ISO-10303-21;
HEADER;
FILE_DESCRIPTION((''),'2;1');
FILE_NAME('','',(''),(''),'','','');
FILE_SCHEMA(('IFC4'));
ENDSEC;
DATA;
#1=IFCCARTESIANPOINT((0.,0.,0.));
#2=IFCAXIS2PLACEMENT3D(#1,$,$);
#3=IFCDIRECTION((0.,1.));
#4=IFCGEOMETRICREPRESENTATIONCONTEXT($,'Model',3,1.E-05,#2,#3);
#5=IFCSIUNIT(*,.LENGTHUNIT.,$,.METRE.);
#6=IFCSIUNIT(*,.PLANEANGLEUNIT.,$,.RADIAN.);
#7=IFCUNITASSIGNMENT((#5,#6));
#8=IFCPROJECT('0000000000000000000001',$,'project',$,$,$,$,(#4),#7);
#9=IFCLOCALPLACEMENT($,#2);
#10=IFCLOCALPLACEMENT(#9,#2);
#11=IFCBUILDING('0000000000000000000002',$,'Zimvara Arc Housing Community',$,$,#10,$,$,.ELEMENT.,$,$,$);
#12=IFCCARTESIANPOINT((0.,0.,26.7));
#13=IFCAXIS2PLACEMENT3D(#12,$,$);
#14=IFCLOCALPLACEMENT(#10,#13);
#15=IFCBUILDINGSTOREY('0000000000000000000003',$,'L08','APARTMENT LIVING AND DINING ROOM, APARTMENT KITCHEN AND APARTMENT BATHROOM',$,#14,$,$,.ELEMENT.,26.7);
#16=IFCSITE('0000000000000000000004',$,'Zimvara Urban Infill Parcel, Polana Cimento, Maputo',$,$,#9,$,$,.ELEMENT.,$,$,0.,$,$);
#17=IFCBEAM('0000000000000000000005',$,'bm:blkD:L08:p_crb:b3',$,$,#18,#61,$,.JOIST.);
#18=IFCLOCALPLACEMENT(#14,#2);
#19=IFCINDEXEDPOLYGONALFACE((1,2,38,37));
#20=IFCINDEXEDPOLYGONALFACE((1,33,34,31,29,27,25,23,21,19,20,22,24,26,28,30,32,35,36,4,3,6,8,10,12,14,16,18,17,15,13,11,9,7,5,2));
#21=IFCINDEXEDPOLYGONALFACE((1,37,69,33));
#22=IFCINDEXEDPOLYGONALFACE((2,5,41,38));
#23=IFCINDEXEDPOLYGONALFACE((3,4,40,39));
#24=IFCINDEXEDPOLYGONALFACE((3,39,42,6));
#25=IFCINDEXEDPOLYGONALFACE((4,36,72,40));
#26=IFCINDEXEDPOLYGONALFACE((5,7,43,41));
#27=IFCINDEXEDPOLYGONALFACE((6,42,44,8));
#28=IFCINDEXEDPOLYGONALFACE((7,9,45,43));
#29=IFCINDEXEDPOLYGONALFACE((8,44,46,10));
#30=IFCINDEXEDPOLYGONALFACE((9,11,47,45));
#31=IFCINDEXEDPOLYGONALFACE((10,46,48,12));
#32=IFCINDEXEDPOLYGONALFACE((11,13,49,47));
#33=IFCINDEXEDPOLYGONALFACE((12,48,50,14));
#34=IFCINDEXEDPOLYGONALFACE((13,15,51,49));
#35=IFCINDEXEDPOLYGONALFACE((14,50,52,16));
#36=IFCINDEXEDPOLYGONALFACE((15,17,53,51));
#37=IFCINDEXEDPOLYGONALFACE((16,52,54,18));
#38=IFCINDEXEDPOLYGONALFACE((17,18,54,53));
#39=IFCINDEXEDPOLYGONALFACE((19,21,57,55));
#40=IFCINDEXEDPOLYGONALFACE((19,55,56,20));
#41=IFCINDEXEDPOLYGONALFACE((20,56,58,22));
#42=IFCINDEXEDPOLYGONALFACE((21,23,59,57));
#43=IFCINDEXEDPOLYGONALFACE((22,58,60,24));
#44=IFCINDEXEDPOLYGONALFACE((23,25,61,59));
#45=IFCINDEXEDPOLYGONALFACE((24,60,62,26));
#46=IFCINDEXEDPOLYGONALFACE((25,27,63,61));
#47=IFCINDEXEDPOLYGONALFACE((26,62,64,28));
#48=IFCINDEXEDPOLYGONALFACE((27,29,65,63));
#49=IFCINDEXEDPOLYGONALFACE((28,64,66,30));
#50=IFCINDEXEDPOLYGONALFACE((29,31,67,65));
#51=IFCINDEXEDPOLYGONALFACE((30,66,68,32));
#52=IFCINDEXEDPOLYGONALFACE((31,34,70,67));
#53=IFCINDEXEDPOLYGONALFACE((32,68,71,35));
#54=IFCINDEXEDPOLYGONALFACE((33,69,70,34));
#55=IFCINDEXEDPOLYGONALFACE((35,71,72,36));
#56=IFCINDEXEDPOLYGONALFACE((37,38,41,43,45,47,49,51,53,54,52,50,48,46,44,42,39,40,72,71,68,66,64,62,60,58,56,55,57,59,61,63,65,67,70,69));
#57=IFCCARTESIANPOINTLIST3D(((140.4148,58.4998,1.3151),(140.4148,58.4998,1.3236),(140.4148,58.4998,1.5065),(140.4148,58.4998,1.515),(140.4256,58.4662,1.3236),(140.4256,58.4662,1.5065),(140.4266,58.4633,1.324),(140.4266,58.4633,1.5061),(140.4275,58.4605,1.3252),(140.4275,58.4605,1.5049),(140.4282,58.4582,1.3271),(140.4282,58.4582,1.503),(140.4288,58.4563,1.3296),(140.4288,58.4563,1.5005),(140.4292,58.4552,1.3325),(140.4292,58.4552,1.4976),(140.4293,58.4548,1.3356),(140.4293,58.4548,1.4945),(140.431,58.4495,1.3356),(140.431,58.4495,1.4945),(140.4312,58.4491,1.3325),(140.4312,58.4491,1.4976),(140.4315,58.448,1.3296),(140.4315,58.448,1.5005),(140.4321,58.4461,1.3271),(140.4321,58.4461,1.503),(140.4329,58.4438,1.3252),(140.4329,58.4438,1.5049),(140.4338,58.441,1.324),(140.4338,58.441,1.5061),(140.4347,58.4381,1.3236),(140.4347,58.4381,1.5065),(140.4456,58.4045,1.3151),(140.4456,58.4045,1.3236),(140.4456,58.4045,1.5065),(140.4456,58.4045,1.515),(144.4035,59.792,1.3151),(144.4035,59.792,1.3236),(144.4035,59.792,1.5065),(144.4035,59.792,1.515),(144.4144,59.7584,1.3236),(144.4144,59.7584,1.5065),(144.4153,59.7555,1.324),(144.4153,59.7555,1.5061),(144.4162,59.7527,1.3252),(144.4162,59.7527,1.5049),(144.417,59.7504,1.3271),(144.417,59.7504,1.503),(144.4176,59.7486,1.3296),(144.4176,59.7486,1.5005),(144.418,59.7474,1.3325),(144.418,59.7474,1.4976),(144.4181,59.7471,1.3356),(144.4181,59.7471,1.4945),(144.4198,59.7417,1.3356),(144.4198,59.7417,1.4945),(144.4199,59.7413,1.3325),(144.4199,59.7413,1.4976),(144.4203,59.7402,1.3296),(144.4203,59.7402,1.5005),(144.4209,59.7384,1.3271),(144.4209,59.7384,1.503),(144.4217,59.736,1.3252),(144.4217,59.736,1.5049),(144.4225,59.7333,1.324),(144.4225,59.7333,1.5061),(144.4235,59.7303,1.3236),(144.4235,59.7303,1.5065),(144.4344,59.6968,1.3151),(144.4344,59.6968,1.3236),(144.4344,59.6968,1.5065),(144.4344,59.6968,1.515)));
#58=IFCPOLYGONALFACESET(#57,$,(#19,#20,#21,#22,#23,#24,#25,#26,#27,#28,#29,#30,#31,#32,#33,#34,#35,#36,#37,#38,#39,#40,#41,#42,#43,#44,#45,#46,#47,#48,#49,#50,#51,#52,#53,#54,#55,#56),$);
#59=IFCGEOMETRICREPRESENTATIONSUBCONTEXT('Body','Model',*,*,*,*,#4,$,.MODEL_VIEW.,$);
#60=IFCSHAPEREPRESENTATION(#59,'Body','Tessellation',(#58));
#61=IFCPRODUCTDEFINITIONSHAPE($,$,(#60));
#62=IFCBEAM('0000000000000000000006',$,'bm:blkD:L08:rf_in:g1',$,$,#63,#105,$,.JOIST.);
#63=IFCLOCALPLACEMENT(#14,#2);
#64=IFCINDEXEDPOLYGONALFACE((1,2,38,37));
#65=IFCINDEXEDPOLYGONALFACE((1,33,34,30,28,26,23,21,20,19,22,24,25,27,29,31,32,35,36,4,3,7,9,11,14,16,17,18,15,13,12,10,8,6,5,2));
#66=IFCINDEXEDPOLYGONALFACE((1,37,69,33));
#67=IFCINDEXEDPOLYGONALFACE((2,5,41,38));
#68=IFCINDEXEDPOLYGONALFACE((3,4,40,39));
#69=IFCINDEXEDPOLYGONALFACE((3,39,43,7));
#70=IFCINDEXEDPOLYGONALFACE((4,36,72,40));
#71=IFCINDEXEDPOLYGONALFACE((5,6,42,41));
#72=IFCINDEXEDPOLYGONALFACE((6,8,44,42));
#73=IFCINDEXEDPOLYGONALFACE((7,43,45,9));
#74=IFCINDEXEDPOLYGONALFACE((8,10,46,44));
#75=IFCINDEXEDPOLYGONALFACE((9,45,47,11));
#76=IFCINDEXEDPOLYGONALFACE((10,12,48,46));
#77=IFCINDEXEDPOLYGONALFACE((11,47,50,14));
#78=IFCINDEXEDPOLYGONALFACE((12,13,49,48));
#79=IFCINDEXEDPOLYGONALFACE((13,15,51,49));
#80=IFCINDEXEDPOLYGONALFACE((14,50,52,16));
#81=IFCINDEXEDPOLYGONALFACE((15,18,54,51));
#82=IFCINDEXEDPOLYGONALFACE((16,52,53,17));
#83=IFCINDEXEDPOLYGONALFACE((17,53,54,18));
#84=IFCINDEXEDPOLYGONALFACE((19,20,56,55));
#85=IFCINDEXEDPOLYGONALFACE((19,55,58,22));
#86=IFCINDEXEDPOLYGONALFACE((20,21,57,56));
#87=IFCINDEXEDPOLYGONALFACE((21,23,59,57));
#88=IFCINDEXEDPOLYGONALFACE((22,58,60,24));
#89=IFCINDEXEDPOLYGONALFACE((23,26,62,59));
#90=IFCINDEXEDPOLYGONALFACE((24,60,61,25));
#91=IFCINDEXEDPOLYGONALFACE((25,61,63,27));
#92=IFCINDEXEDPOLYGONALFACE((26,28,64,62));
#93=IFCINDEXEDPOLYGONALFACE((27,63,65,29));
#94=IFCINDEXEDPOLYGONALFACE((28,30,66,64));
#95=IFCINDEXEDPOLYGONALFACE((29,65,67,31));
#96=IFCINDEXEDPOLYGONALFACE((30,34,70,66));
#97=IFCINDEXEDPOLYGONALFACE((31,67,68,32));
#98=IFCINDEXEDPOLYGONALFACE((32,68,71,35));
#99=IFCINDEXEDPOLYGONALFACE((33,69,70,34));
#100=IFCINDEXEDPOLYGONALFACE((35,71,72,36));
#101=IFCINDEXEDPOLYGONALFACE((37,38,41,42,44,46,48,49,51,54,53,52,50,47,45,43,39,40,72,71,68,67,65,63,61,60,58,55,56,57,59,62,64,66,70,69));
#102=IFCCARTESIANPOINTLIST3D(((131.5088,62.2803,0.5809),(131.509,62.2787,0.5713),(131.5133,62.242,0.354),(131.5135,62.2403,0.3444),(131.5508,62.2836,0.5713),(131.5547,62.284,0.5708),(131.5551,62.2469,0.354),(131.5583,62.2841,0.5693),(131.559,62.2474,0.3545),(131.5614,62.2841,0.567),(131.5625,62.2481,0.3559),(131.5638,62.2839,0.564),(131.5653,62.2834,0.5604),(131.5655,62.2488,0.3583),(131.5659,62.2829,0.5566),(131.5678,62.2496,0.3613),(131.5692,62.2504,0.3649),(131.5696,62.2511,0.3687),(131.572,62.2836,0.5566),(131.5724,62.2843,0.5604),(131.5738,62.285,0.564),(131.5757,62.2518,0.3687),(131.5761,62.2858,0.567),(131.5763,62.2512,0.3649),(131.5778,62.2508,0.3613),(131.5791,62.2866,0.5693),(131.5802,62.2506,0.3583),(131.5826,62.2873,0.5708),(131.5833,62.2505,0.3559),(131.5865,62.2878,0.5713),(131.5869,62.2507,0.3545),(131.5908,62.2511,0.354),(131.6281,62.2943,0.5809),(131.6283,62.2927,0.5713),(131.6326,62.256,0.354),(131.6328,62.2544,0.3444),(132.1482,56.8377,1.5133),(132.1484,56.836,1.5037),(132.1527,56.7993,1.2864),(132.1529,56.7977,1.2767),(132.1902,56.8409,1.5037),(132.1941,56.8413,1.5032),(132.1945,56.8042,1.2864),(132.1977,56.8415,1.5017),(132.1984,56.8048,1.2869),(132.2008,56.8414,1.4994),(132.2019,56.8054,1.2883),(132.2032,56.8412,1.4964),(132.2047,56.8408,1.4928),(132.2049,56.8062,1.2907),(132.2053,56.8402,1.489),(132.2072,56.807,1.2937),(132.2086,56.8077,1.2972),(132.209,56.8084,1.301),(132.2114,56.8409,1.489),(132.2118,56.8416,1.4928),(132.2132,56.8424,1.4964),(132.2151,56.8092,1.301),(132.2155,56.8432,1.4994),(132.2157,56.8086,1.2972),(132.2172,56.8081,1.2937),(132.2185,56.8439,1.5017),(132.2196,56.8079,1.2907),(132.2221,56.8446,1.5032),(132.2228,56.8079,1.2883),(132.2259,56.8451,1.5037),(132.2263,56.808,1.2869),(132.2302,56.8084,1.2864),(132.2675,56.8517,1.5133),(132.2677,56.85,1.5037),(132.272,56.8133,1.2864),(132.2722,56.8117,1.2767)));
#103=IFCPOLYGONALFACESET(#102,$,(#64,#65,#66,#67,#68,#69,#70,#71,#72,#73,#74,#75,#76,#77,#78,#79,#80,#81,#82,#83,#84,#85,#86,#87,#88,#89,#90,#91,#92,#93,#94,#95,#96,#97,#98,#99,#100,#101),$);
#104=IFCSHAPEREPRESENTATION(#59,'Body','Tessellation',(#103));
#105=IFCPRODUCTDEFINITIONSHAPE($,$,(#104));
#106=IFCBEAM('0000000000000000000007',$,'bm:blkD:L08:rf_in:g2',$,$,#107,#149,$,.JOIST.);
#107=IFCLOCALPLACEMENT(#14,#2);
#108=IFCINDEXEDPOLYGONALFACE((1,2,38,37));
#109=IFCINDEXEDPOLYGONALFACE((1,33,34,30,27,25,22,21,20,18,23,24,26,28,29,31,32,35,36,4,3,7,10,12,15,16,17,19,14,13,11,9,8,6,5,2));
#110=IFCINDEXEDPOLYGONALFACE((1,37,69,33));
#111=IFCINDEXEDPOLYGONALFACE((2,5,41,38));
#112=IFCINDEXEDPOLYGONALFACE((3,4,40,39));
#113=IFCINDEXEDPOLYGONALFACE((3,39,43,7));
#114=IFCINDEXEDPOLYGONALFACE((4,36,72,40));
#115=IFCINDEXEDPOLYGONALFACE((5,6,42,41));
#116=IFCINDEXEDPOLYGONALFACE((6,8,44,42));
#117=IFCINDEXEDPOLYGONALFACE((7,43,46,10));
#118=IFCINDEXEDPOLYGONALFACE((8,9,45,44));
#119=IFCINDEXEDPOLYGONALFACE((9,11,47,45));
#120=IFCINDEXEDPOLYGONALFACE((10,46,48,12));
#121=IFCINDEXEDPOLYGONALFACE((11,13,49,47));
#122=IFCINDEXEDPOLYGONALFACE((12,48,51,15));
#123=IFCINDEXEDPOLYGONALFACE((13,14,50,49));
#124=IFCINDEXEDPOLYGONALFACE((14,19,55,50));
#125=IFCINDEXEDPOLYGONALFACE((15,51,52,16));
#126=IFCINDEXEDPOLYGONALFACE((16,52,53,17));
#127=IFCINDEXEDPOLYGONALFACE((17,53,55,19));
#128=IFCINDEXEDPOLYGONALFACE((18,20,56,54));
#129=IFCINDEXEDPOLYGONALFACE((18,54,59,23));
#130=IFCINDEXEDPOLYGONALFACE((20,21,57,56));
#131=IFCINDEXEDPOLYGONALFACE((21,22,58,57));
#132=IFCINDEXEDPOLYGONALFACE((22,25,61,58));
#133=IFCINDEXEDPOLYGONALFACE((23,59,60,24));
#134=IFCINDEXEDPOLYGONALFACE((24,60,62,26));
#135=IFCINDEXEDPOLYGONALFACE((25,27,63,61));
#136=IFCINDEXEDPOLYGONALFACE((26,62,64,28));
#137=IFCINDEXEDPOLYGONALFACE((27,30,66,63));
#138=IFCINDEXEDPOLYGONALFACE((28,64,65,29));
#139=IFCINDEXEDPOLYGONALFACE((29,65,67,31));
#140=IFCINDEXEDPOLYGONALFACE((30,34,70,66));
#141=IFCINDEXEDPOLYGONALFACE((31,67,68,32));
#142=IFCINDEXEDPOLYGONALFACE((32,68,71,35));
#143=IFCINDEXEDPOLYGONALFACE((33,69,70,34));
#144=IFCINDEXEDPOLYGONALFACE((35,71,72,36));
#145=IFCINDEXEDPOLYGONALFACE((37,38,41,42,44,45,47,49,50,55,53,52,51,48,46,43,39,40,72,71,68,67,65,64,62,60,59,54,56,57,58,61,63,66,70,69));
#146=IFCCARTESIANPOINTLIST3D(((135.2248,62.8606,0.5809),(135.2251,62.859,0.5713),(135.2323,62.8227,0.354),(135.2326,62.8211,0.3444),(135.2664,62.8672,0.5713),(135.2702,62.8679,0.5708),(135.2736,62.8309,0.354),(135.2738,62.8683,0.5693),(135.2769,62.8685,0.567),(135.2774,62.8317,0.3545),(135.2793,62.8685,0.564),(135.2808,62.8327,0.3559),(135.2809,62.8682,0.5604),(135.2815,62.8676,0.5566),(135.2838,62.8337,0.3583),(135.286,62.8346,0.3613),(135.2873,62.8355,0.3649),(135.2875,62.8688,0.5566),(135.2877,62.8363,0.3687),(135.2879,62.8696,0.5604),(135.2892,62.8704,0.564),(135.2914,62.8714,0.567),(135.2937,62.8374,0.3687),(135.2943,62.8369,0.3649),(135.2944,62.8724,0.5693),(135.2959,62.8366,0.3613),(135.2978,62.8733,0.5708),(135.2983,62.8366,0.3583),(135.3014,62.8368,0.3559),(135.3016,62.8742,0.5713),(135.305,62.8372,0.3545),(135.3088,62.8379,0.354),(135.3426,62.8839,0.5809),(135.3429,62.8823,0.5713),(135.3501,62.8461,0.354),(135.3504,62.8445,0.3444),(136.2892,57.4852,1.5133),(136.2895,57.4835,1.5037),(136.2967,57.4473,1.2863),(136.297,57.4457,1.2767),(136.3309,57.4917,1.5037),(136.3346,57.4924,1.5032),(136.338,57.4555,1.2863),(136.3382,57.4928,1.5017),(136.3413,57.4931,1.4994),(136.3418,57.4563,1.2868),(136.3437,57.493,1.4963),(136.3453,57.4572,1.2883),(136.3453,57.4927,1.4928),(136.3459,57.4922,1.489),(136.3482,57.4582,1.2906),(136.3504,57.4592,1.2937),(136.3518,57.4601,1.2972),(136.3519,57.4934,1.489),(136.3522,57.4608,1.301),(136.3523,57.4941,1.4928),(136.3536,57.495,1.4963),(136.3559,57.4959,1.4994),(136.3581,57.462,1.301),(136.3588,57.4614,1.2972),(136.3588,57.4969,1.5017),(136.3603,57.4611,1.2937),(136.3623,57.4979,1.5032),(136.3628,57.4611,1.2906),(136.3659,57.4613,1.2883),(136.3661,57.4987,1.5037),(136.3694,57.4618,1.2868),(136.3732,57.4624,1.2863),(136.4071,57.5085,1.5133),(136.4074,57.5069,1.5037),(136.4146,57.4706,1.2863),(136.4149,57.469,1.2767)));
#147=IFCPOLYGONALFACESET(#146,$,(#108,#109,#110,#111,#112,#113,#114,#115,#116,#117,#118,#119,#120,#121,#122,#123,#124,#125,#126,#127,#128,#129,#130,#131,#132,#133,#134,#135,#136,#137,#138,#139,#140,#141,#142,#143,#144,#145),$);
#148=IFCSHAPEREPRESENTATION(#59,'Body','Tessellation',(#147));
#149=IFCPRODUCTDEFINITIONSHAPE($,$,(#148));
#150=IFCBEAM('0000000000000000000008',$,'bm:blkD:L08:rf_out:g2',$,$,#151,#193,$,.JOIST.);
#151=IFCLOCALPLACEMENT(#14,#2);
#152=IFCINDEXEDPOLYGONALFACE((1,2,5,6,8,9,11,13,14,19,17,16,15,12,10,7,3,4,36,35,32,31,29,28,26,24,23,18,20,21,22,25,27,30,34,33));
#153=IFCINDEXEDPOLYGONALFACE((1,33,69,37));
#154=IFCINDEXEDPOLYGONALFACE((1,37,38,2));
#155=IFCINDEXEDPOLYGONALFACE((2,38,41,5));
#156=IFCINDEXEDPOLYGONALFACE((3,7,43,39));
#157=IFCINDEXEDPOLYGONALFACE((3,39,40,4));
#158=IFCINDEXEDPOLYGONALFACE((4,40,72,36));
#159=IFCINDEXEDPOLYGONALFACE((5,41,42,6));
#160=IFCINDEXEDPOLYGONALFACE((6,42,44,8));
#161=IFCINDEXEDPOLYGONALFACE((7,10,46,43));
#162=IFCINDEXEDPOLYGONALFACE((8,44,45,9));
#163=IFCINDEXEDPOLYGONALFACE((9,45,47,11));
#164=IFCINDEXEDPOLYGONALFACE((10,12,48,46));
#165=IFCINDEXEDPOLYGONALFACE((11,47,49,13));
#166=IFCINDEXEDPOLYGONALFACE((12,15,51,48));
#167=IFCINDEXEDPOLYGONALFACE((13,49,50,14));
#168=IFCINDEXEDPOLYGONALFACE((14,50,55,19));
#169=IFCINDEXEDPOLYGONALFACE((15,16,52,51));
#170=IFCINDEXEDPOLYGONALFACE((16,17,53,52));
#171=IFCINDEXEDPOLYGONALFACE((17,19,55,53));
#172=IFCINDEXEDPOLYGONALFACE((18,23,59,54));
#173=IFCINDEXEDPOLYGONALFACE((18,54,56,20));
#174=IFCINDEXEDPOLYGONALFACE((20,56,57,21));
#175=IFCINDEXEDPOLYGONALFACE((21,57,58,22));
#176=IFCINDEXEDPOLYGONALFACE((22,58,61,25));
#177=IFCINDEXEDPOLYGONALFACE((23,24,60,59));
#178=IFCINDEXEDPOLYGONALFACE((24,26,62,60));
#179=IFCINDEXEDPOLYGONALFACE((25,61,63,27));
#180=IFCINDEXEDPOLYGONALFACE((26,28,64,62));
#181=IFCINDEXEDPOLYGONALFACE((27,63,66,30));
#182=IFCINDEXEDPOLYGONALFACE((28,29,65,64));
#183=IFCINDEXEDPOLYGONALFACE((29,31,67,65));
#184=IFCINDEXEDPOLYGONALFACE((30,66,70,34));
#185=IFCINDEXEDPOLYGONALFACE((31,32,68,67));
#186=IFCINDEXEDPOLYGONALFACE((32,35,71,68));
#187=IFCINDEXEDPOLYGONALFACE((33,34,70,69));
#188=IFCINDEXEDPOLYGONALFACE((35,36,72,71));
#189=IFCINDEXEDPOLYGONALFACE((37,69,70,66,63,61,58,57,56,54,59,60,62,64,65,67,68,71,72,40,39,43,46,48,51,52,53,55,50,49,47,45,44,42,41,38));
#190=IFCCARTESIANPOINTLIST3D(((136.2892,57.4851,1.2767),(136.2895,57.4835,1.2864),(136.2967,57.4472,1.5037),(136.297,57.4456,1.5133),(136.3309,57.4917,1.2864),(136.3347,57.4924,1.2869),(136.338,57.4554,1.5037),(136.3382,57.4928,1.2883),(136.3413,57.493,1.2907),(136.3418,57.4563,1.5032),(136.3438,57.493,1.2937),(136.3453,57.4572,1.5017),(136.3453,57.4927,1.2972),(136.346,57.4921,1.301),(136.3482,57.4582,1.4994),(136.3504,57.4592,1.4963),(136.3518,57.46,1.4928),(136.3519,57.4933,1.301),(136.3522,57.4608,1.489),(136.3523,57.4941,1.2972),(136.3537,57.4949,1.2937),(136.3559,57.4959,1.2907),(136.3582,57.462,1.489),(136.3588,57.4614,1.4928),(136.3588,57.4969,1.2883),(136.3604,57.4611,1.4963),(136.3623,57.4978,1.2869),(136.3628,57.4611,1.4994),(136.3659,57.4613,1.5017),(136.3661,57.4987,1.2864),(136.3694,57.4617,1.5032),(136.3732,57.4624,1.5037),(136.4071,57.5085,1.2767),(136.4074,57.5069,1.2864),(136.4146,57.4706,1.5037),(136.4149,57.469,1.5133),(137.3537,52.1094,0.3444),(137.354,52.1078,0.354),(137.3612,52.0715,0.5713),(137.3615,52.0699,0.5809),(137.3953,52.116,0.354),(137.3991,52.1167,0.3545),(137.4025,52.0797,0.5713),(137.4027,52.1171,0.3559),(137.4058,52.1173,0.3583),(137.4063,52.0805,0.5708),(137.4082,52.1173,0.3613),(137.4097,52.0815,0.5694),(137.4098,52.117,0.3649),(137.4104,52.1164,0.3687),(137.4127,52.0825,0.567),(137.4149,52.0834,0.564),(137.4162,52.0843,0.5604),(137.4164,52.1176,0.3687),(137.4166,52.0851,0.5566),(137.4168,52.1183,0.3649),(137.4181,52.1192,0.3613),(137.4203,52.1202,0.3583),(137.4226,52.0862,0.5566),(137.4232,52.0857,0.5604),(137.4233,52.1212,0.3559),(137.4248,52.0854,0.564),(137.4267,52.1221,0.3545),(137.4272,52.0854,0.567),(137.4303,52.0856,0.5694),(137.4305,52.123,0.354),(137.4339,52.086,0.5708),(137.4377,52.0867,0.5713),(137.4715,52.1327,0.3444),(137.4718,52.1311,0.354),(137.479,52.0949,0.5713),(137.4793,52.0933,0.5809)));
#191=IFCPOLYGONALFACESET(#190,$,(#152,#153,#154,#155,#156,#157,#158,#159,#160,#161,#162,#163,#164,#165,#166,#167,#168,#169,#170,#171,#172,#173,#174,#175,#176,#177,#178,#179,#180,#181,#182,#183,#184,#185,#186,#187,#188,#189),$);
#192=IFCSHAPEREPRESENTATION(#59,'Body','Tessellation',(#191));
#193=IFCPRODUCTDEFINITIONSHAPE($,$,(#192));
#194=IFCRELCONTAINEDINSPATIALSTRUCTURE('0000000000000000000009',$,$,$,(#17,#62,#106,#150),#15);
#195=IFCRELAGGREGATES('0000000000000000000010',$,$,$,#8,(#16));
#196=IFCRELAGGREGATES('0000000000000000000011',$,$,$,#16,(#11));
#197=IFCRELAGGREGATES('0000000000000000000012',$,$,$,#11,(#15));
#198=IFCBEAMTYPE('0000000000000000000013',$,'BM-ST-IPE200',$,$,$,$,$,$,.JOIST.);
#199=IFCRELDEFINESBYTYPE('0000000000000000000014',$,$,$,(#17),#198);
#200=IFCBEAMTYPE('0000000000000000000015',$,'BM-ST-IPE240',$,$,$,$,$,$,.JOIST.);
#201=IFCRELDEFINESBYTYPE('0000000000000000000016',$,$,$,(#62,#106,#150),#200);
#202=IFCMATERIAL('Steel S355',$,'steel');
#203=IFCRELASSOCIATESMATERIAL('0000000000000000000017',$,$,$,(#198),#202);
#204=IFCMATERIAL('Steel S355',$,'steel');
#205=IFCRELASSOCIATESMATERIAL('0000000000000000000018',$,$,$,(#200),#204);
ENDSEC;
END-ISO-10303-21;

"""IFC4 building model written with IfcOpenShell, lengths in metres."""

from ifc_helpers import new_model, si_unit, direction, frame, origin, origin_2d, place, context, subcontext, project, spatial, i_section, extrude, material, material_profile, profile_set, type_object, element, save


model = new_model("IFC4")

# Units and contexts
model_context = context("Model", 3, precision=1e-05, world=origin(), true_north=direction((0.0, 1.0)))
body_context = subcontext(model_context, "Body", "Model", "MODEL_VIEW")
ifc_project = project(units=[si_unit("LENGTHUNIT", "METRE"), si_unit("PLANEANGLEUNIT", "RADIAN")], contexts=[model_context])

# Site, building, storey
site_placement = place(None, origin())
site = spatial("IfcSite", under=ifc_project, at=site_placement, Name="Zimvara Urban Infill Parcel, Polana Cimento, Maputo", CompositionType="ELEMENT", RefElevation=0.0)
building_placement = place(site_placement, origin())
building = spatial("IfcBuilding", under=site, at=building_placement, Name="Zimvara Arc Housing Community", CompositionType="ELEMENT")
storey_placement = place(building_placement, frame((0.0, 0.0, 26.7)))
storey = spatial("IfcBuildingStorey", under=building, at=storey_placement, Name="L08", Description="APARTMENT LIVING AND DINING ROOM, APARTMENT KITCHEN AND APARTMENT BATHROOM", CompositionType="ELEMENT", Elevation=26.7)

# Beams
ifc_material_1 = material(Name="Steel S355", Category="steel")
ifc_material_profile_1 = material_profile(ifc_material_1, i_section(OverallWidth=0.1001, OverallDepth=0.2, WebThickness=0.0056, FlangeThickness=0.0085, FilletRadius=0.012, at=origin_2d()), Name="IPE 200")
ifc_profile_set_1 = profile_set([ifc_material_profile_1], Name="Steel S355")
beam_type_1 = type_object("IfcBeamType", Name="BM-ST-IPE200", PredefinedType="JOIST", material=ifc_profile_set_1)
beam_1_placement = place(storey_placement, frame((140.4302, 58.4521, 1.415), z_axis=(0.951322, 0.308199, 0.0), x_axis=(-0.308199, 0.951322, 0.0)))
element("IfcBeam", 1, at=beam_1_placement, inside=storey, type_object=beam_type_1, Name="bm:blkD:L08:p_crb:b3", PredefinedType="JOIST", context=body_context, shape_type="SweptSolid", body=[
    extrude(i_section(OverallWidth=0.1001, OverallDepth=0.2, WebThickness=0.0056, FlangeThickness=0.0085, FilletRadius=0.012, at=origin_2d()), origin(), (0.0, 0.0, 1.0), 4.1929),
])
ifc_material_2 = material(Name="Steel S355", Category="steel")
ifc_material_profile_2 = material_profile(ifc_material_2, i_section(OverallWidth=0.1201, OverallDepth=0.24, WebThickness=0.0061, FlangeThickness=0.0098, FilletRadius=0.0149, at=origin_2d()), Name="IPE 240")
ifc_profile_set_2 = profile_set([ifc_material_profile_2], Name="Steel S355")
beam_type_2 = type_object("IfcBeamType", Name="BM-ST-IPE240", PredefinedType="JOIST", material=ifc_profile_set_2)
beam_2_placement = place(storey_placement, frame((131.5708, 62.2673, 0.4626), z_axis=(0.115025, -0.9791, 0.167729), x_axis=(0.99317, 0.116678, 0.0)))
element("IfcBeam", 2, at=beam_2_placement, inside=storey, type_object=beam_type_2, Name="bm:blkD:L08:rf_in:g1", PredefinedType="JOIST", context=body_context, shape_type="SweptSolid", body=[
    extrude(i_section(OverallWidth=0.1201, OverallDepth=0.24, WebThickness=0.0061, FlangeThickness=0.0098, FilletRadius=0.0149, at=origin_2d()), origin(), (0.0, 0.0, 1.0), 5.5588),
])
beam_3_placement = place(storey_placement, frame((135.2876, 62.8525, 0.4626), z_axis=(0.191496, -0.967054, 0.167735), x_axis=(0.980952, 0.194248, 0.0)))
element("IfcBeam", 3, at=beam_3_placement, inside=storey, type_object=beam_type_2, Name="bm:blkD:L08:rf_in:g2", PredefinedType="JOIST", context=body_context, shape_type="SweptSolid", body=[
    extrude(i_section(OverallWidth=0.1201, OverallDepth=0.24, WebThickness=0.0061, FlangeThickness=0.0098, FilletRadius=0.0149, at=origin_2d()), origin(), (0.0, 0.0, 1.0), 5.5586),
])
for number, where, z_axis, x_axis, name in (
    (4, (136.3521, 57.4771, 1.395), (0.191488, -0.967057, -0.167728), (0.980954, 0.19424, 0.0), "bm:blkD:L08:rf_out:g2"),
):
    element("IfcBeam", number, at=place(storey_placement, frame(where, z_axis=z_axis, x_axis=x_axis)), inside=storey, type_object=beam_type_2, Name=name, PredefinedType="JOIST", context=body_context, shape_type="SweptSolid", body=[
        extrude(i_section(OverallWidth=0.1201, OverallDepth=0.24, WebThickness=0.0061, FlangeThickness=0.0098, FilletRadius=0.0149, at=origin_2d()), origin(), (0.0, 0.0, 1.0), 5.5588),
    ])

save(model, "model.ifc")
